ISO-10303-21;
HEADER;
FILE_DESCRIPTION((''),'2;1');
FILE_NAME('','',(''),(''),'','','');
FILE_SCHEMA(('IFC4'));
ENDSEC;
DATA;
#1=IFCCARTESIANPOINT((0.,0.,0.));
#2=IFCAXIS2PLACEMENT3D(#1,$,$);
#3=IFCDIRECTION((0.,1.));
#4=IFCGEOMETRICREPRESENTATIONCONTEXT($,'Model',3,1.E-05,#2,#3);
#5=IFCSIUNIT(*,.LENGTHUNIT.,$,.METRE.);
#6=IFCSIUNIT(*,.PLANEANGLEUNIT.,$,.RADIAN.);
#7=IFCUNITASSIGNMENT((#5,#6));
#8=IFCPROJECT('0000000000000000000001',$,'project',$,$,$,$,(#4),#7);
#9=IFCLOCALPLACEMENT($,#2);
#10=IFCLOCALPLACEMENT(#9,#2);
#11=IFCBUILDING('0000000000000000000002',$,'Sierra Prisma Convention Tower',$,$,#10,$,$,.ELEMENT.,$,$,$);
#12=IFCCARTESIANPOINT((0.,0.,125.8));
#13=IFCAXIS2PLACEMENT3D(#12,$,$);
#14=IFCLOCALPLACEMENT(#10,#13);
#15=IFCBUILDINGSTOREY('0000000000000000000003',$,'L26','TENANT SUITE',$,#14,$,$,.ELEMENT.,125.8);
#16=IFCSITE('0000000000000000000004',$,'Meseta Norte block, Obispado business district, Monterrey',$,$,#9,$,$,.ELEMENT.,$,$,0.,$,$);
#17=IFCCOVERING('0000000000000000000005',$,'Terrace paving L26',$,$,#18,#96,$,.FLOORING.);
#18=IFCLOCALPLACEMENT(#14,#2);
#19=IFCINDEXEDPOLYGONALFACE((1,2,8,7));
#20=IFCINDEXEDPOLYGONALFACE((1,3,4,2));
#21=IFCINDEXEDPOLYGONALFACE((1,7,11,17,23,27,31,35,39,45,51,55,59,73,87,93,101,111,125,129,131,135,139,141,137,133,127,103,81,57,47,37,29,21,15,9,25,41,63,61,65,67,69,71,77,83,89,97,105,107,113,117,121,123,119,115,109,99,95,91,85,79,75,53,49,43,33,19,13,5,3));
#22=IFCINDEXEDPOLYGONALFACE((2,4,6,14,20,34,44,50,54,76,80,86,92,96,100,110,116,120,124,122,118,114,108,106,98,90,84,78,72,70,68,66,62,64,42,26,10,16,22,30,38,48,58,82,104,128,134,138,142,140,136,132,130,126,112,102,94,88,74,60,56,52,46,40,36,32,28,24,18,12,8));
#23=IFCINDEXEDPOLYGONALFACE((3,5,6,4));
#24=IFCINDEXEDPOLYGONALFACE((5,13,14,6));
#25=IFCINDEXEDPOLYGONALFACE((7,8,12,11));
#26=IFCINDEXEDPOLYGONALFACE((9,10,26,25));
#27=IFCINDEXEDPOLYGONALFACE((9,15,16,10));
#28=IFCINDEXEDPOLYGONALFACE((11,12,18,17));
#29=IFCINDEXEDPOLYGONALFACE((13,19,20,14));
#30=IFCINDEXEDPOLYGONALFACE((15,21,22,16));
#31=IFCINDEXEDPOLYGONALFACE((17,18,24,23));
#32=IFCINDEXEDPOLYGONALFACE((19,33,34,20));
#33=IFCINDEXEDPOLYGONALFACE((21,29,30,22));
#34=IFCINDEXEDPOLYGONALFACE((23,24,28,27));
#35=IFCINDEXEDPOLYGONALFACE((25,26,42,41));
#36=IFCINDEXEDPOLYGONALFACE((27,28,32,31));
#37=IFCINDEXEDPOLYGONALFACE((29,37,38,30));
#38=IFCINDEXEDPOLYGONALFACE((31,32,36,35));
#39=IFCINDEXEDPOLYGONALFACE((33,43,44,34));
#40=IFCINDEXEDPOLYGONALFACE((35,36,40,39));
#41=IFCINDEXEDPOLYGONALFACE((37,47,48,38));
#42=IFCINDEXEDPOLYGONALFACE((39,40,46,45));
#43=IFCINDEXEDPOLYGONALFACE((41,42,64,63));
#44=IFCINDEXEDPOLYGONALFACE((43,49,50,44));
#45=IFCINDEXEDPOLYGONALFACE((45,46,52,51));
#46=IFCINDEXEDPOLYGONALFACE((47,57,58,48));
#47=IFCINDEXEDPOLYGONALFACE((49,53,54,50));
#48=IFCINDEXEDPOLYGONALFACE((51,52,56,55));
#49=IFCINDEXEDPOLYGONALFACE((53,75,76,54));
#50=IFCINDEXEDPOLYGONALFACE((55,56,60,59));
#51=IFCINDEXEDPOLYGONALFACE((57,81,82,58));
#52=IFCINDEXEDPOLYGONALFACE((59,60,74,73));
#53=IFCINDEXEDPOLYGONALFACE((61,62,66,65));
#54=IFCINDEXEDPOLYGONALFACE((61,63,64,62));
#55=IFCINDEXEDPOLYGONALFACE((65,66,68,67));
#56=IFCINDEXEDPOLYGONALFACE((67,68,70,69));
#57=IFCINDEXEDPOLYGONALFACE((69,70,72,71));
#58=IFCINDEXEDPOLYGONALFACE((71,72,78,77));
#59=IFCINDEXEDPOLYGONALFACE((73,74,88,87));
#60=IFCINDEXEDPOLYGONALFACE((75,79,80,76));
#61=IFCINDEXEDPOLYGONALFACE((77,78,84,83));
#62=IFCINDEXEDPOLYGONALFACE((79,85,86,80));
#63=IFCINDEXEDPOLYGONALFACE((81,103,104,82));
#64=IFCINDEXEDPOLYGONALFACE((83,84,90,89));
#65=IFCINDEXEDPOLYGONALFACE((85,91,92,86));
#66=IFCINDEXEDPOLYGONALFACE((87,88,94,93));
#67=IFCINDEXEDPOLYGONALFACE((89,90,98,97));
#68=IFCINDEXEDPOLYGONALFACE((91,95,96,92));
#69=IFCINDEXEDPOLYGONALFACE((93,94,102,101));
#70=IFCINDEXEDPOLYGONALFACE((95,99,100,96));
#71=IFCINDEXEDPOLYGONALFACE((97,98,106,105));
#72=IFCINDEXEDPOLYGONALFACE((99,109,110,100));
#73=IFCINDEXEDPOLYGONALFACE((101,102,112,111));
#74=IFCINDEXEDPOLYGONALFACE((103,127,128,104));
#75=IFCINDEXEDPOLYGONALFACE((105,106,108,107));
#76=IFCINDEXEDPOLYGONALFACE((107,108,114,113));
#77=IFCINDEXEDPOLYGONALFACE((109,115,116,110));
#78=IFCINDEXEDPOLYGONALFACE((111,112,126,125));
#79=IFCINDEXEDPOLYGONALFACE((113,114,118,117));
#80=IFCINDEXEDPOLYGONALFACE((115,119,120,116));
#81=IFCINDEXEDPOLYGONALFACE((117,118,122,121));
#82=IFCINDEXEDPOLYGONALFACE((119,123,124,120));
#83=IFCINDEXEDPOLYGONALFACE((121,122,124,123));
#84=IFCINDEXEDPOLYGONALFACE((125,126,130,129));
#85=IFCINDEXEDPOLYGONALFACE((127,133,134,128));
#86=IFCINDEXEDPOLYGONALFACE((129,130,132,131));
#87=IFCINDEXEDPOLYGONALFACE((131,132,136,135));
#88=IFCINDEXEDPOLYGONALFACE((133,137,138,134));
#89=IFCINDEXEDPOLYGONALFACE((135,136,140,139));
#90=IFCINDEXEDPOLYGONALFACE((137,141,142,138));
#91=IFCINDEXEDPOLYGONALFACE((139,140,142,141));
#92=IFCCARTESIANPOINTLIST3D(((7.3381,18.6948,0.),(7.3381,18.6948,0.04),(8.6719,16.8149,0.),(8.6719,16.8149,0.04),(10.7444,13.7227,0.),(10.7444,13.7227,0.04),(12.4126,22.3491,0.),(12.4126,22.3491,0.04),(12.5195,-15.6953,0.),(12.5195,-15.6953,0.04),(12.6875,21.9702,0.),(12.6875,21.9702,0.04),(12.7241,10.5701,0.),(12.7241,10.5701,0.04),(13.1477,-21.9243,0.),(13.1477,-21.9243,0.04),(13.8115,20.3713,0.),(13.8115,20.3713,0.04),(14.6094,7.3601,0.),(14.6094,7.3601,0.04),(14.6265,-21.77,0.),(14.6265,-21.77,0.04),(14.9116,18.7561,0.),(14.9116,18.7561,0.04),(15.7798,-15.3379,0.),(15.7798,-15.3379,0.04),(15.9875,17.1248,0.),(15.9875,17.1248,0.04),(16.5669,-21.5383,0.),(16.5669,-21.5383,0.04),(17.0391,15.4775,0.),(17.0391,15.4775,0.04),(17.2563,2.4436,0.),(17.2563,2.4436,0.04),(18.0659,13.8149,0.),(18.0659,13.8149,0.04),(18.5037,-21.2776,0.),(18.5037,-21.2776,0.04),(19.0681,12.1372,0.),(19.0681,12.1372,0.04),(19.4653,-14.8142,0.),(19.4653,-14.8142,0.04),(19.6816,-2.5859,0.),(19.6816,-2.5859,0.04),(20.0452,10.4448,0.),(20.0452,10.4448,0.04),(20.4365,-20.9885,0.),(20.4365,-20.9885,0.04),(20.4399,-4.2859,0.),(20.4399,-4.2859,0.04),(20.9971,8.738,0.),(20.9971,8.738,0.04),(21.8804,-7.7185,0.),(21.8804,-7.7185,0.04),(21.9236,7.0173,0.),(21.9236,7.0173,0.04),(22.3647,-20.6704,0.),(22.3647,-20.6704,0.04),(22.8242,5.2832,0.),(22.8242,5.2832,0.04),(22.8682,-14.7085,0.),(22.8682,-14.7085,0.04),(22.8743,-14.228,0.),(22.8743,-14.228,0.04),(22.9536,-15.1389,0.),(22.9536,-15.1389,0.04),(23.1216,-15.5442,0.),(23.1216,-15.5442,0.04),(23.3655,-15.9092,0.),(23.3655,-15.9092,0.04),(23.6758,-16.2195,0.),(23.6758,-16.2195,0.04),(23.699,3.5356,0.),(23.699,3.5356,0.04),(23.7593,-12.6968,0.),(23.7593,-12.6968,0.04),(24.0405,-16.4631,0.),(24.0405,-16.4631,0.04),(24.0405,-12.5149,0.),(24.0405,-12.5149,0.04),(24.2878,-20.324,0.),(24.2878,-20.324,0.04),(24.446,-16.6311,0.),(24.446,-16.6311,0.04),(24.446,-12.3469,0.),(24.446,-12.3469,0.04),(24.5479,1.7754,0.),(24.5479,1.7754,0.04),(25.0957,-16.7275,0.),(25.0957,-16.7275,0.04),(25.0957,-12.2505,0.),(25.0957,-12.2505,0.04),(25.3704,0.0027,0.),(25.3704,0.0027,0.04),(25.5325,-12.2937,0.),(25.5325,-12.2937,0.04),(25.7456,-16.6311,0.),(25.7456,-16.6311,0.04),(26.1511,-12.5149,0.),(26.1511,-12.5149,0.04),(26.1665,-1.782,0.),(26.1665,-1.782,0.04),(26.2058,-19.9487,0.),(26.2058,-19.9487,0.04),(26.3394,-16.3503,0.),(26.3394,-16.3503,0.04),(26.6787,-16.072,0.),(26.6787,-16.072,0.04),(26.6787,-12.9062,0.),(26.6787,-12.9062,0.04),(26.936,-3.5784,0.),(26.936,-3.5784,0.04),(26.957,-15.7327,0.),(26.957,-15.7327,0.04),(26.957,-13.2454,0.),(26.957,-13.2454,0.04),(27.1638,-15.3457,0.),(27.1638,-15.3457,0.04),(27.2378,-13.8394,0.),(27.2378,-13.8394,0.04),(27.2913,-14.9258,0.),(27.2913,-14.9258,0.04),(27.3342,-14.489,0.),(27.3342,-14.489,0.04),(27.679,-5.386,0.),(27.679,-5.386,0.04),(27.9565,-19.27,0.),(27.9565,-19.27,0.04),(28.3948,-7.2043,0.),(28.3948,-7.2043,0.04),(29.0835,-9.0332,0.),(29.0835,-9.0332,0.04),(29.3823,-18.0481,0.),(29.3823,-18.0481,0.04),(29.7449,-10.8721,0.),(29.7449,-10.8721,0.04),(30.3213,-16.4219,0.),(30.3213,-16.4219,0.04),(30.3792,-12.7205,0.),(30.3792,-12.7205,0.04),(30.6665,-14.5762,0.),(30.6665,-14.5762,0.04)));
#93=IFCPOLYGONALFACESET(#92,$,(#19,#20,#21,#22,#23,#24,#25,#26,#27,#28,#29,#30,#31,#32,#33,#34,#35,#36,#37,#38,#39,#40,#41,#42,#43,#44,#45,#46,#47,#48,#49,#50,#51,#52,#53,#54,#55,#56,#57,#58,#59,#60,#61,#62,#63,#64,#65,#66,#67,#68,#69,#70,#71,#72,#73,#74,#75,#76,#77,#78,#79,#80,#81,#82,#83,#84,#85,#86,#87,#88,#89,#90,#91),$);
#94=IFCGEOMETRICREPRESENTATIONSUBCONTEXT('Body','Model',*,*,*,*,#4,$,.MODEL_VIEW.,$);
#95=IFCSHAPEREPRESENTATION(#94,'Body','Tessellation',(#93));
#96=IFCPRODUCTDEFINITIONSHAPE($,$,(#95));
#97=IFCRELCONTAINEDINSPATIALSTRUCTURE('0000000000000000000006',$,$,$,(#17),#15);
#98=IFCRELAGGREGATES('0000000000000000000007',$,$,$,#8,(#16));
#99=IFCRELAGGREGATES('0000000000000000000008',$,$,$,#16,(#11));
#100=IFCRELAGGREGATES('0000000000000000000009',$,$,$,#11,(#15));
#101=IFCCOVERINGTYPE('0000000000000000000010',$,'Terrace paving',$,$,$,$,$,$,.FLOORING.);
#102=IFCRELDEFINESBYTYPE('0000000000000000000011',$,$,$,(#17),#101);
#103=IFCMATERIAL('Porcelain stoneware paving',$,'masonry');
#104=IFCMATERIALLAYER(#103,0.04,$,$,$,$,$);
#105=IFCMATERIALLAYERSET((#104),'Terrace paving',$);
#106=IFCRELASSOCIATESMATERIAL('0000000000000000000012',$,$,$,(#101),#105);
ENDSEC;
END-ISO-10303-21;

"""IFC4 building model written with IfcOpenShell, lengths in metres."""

from ifc_helpers import new_model, si_unit, direction, frame, origin, place, context, subcontext, project, spatial, polyline, outline, extrude, material, layer, layer_set, type_object, element, save


model = new_model("IFC4")

# Units and contexts
model_context = context("Model", 3, precision=1e-05, world=origin(), true_north=direction((0.0, 1.0)))
body_context = subcontext(model_context, "Body", "Model", "MODEL_VIEW")
ifc_project = project(units=[si_unit("LENGTHUNIT", "METRE"), si_unit("PLANEANGLEUNIT", "RADIAN")], contexts=[model_context])

# Site, building, storey
site_placement = place(None, origin())
site = spatial("IfcSite", under=ifc_project, at=site_placement, Name="Meseta Norte block, Obispado business district, Monterrey", CompositionType="ELEMENT", RefElevation=0.0)
building_placement = place(site_placement, origin())
building = spatial("IfcBuilding", under=site, at=building_placement, Name="Sierra Prisma Convention Tower", CompositionType="ELEMENT")
storey_placement = place(building_placement, frame((0.0, 0.0, 125.8)))
storey = spatial("IfcBuildingStorey", under=building, at=storey_placement, Name="L26", Description="TENANT SUITE", CompositionType="ELEMENT", Elevation=125.8)

# Covering
ifc_material_1 = material(Name="Porcelain stoneware paving", Category="masonry")
ifc_layer_1 = layer(ifc_material_1, 0.04)
ifc_layer_set_1 = layer_set([ifc_layer_1], Name="Terrace paving")
covering_type_1 = type_object("IfcCoveringType", Name="Terrace paving", PredefinedType="FLOORING", material=ifc_layer_set_1)
covering_1_placement = place(storey_placement, origin())
element("IfcCovering", 1, at=covering_1_placement, inside=storey, type_object=covering_type_1, Name="Terrace paving L26", PredefinedType="FLOORING", context=body_context, shape_type="SweptSolid", body=[
    extrude(outline(polyline([(13.1477, -21.9243), (14.6265, -21.77), (16.5669, -21.5383), (18.5037, -21.2776), (20.4365, -20.9885), (22.3647, -20.6704), (24.2878, -20.324), (26.2058, -19.9487), (27.9565, -19.27), (29.3823, -18.0481), (30.3213, -16.4219), (30.6665, -14.5762), (30.3792, -12.7205), (29.7449, -10.8721), (29.0835, -9.0332), (28.3948, -7.2043), (27.679, -5.386), (26.936, -3.5784), (26.1665, -1.782), (25.3704, 0.0027), (24.5479, 1.7754), (23.699, 3.5356), (22.8242, 5.2832), (21.9236, 7.0173), (20.9971, 8.738), (20.0452, 10.4448), (19.0681, 12.1372), (18.0659, 13.8149), (17.0391, 15.4775), (15.9875, 17.1248), (14.9116, 18.7561), (13.8115, 20.3713), (12.6875, 21.9702), (12.4126, 22.3491), (7.3381, 18.6948), (8.6719, 16.8149), (10.7444, 13.7227), (12.7241, 10.5701), (14.6094, 7.3601), (17.2563, 2.4436), (19.6816, -2.5859), (20.4399, -4.2859), (21.8804, -7.7185), (23.7593, -12.6968), (24.0405, -12.5149), (24.446, -12.3469), (25.0957, -12.2505), (25.5325, -12.2937), (26.1511, -12.5149), (26.6787, -12.9062), (26.957, -13.2454), (27.2378, -13.8394), (27.3342, -14.489), (27.2913, -14.9258), (27.1638, -15.3457), (26.957, -15.7327), (26.6787, -16.072), (26.3394, -16.3503), (25.7456, -16.6311), (25.0957, -16.7275), (24.446, -16.6311), (24.0405, -16.4631), (23.6758, -16.2195), (23.3655, -15.9092), (23.1216, -15.5442), (22.9536, -15.1389), (22.8682, -14.7085), (22.8743, -14.228), (19.4653, -14.8142), (15.7798, -15.3379), (12.5195, -15.6953), (13.1477, -21.9243)])), origin(), (0.0, 0.0, 1.0), 0.04),
])

save(model, "model.ifc")
